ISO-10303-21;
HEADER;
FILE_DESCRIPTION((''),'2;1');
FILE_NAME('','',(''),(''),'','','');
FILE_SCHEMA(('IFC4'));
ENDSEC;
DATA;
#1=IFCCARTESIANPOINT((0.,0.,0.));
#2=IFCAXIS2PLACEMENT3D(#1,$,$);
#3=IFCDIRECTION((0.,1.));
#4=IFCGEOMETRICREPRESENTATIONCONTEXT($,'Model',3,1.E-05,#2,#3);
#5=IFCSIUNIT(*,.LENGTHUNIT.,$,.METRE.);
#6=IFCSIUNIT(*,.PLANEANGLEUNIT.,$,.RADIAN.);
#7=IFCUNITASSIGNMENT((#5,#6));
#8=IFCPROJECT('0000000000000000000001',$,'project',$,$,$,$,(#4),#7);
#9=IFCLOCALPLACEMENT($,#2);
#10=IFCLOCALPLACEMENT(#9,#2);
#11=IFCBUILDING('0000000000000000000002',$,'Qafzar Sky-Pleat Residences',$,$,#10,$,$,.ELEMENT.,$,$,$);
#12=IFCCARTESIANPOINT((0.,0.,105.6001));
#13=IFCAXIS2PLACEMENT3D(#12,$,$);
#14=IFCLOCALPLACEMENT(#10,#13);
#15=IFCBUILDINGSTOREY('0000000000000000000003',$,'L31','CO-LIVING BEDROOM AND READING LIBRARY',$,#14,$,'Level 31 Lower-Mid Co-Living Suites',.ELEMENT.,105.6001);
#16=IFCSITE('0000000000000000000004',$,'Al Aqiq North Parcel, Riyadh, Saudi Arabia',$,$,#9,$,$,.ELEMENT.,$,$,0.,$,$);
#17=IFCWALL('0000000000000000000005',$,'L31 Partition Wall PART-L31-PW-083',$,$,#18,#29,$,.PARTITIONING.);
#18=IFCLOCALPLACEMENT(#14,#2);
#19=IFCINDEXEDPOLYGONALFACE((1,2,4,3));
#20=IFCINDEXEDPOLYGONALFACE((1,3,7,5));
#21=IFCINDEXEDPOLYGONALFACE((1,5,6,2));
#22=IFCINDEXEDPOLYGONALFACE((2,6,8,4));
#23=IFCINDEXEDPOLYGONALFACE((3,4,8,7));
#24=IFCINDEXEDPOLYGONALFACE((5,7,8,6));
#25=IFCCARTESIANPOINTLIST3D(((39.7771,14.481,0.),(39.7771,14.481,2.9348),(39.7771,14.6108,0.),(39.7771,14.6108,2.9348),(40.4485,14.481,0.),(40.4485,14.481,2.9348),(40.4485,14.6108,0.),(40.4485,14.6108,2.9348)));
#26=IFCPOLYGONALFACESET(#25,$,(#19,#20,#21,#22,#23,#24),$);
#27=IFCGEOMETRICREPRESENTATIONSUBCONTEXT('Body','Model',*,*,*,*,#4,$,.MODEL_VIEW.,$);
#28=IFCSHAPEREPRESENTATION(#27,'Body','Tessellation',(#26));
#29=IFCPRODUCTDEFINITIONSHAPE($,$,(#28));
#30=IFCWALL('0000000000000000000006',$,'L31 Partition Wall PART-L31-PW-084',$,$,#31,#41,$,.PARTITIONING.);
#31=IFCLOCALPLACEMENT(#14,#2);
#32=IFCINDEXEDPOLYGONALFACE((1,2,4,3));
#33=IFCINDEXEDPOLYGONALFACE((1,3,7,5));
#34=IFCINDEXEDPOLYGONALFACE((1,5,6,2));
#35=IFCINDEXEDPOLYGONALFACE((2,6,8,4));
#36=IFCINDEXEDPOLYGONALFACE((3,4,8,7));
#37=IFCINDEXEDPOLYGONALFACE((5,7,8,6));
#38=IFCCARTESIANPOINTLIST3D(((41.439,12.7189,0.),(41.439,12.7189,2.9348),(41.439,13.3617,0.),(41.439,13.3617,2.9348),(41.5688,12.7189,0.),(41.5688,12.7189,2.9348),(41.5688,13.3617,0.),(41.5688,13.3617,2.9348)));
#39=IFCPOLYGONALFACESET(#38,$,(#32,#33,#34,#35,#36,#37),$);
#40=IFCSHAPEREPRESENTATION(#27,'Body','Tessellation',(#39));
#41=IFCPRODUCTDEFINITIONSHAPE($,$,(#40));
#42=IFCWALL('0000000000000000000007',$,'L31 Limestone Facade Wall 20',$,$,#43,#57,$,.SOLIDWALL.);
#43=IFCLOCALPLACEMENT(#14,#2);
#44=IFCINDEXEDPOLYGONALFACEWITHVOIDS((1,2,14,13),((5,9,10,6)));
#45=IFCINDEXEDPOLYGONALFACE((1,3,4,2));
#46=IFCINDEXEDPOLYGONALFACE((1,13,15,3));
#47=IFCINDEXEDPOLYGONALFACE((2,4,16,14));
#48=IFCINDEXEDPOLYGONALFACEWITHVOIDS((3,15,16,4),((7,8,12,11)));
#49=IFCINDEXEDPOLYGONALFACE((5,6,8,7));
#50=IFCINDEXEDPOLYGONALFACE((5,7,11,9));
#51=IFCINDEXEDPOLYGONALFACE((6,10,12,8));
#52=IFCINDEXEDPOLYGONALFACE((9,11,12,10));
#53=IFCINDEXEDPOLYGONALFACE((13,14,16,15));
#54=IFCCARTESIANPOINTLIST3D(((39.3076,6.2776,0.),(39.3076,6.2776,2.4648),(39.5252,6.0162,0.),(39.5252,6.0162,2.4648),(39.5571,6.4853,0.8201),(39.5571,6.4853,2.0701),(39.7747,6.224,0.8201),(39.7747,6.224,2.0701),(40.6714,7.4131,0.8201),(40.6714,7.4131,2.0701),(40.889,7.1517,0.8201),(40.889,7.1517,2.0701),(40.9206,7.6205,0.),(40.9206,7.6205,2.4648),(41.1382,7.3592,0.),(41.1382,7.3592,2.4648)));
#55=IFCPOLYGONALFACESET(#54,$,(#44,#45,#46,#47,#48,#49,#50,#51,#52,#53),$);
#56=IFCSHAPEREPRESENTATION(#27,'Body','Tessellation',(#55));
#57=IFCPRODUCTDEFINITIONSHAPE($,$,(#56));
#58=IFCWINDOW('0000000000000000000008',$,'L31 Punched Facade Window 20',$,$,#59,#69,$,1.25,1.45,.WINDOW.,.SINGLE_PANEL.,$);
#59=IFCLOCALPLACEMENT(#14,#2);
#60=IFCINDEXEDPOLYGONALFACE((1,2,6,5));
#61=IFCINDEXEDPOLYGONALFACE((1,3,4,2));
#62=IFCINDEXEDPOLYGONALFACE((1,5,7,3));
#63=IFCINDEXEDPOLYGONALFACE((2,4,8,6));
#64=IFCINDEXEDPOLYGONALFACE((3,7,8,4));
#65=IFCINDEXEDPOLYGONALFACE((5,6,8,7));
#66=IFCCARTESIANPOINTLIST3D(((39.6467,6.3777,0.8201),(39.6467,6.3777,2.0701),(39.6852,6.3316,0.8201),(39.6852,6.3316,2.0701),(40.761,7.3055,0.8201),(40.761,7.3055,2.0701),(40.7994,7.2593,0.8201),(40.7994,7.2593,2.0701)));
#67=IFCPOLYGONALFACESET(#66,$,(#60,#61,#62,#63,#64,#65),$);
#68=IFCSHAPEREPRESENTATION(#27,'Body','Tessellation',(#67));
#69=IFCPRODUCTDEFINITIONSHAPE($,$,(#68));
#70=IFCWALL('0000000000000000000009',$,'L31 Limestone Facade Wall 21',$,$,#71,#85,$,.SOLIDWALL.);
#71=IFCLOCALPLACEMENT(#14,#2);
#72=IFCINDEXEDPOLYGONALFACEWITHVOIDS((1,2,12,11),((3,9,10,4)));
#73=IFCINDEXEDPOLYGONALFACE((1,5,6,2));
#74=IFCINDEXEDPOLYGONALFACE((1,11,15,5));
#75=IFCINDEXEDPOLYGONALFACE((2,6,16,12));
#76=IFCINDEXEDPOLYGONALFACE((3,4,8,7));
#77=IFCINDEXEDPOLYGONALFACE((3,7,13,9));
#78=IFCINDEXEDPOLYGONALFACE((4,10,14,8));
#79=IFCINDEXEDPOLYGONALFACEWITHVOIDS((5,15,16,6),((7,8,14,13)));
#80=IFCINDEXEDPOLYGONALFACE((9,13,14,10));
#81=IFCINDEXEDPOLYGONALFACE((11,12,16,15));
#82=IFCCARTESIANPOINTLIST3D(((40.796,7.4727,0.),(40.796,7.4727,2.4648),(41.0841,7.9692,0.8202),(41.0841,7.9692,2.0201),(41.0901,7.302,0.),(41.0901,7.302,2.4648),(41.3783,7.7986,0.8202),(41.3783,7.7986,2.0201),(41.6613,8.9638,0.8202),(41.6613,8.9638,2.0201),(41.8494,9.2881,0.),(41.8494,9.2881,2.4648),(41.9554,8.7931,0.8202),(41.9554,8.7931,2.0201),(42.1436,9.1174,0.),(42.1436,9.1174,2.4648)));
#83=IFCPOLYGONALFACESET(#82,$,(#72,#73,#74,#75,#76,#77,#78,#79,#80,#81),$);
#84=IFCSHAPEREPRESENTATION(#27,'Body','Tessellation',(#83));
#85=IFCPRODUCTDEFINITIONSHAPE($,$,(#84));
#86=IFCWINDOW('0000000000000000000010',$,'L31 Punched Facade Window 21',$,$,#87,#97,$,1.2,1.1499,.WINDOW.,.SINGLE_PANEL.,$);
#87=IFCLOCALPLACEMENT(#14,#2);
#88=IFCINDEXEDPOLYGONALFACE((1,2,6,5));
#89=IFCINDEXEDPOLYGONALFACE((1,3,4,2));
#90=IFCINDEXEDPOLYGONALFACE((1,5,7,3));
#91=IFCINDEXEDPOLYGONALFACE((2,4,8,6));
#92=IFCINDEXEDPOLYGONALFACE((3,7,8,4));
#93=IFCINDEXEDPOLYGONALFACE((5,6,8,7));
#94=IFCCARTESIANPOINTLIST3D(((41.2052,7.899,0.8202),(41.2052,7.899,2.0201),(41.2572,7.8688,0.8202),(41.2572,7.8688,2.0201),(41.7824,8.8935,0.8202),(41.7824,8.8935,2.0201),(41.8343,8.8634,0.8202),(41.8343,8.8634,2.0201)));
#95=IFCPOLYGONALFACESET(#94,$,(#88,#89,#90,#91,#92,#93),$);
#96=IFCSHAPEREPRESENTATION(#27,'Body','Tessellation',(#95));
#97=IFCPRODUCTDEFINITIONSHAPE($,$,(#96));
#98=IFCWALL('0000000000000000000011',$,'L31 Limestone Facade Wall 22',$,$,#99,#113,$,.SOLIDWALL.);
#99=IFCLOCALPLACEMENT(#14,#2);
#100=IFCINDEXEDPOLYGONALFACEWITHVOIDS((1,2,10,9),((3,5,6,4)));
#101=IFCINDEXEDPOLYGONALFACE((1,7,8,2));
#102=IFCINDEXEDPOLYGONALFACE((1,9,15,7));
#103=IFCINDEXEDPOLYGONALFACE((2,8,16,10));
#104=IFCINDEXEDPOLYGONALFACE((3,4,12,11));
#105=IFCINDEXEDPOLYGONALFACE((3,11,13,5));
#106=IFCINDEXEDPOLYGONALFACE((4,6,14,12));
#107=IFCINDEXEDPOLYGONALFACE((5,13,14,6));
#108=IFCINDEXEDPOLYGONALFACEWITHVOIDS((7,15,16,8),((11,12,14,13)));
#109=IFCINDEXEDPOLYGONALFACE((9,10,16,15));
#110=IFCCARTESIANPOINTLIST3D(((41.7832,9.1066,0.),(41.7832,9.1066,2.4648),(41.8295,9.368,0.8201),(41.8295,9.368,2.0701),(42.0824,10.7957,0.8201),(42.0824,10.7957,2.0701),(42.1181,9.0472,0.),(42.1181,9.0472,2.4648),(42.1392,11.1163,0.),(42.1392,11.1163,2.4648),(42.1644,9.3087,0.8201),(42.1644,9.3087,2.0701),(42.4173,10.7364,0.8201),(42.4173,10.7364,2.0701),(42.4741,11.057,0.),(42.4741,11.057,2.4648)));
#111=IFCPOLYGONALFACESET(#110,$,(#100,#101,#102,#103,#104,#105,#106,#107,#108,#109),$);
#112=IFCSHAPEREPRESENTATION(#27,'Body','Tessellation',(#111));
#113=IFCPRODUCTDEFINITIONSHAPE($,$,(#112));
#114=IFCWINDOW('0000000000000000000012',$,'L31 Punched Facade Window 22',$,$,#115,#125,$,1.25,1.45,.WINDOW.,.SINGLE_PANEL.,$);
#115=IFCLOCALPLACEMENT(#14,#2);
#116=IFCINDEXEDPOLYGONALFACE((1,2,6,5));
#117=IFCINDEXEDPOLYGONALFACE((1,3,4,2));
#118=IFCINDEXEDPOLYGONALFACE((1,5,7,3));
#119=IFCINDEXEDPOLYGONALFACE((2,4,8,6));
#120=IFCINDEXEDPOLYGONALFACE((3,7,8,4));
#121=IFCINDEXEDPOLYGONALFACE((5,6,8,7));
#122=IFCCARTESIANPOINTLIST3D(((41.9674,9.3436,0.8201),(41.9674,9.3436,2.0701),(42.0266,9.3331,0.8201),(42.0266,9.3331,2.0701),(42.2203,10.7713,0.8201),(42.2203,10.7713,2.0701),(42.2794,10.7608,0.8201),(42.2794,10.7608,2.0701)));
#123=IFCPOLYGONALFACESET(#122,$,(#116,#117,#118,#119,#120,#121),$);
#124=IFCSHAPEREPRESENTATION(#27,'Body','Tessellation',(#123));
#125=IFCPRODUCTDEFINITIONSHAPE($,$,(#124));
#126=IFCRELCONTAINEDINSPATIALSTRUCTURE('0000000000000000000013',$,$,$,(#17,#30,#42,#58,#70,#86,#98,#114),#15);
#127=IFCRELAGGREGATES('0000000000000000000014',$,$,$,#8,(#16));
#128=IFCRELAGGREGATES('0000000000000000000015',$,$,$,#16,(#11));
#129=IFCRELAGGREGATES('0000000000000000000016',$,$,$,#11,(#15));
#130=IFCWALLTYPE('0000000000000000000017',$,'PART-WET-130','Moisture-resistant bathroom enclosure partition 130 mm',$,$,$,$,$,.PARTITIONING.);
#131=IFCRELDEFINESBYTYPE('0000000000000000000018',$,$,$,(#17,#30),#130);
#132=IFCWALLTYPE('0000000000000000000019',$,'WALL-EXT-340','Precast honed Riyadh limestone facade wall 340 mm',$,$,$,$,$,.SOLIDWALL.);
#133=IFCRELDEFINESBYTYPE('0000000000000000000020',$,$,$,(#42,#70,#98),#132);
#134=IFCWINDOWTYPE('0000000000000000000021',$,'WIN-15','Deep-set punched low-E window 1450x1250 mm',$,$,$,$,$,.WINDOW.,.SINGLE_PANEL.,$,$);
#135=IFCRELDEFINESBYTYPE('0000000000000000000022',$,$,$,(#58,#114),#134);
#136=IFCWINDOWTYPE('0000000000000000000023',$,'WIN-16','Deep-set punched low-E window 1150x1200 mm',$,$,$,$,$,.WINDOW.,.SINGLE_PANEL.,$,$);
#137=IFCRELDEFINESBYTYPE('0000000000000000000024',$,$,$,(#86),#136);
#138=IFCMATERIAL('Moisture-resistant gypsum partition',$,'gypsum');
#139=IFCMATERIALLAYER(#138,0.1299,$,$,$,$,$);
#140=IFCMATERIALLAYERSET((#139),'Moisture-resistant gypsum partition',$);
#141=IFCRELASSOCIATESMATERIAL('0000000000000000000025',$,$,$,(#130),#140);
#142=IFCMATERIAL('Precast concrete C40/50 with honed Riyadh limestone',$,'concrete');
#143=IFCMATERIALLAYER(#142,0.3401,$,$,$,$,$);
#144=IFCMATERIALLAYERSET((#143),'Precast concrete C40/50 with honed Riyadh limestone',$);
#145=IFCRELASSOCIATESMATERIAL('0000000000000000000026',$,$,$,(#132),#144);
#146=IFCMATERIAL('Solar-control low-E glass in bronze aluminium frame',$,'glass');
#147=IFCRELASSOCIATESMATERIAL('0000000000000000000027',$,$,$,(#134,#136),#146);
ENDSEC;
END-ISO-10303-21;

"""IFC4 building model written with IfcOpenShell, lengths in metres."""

from ifc_helpers import new_model, si_unit, direction, frame, frame_2d, origin, place, context, subcontext, project, spatial, rectangle, extrude, source, transform, mapped, material, layer, layer_set, type_object, element, fill, save


model = new_model("IFC4")

# Units and contexts
model_context = context("Model", 3, precision=1e-05, world=origin(), true_north=direction((0.0, 1.0)))
body_context = subcontext(model_context, "Body", "Model", "MODEL_VIEW")
ifc_project = project(units=[si_unit("LENGTHUNIT", "METRE"), si_unit("PLANEANGLEUNIT", "RADIAN")], contexts=[model_context])

# Site, building, storey
site_placement = place(None, origin())
site = spatial("IfcSite", under=ifc_project, at=site_placement, Name="Al Aqiq North Parcel, Riyadh, Saudi Arabia", CompositionType="ELEMENT", RefElevation=0.0)
building_placement = place(site_placement, origin())
building = spatial("IfcBuilding", under=site, at=building_placement, Name="Qafzar Sky-Pleat Residences", CompositionType="ELEMENT")
storey_placement = place(building_placement, frame((0.0, 0.0, 105.6001)))
storey = spatial("IfcBuildingStorey", under=building, at=storey_placement, Name="L31", Description="CO-LIVING BEDROOM AND READING LIBRARY", LongName="Level 31 Lower-Mid Co-Living Suites", CompositionType="ELEMENT", Elevation=105.6001)

# Shared definitions
ifc_material_1 = material(Name="Moisture-resistant gypsum partition", Category="gypsum")
ifc_layer_1 = layer(ifc_material_1, 0.1299)
ifc_layer_set_1 = layer_set([ifc_layer_1], Name="Moisture-resistant gypsum partition")
wall_type_1 = type_object("IfcWallType", Name="PART-WET-130", Description="Moisture-resistant bathroom enclosure partition 130 mm", PredefinedType="PARTITIONING", material=ifc_layer_set_1)

# Walls
wall_1_placement = place(storey_placement, frame((39.7771, 14.5459, 0.0), z_axis=(0.0, 0.0, 1.0), x_axis=(1.0, 0.0, 0.0)))
element("IfcWall", 1, at=wall_1_placement, inside=storey, type_object=wall_type_1, Name="L31 Partition Wall PART-L31-PW-083", PredefinedType="PARTITIONING", context=body_context, shape_type="SweptSolid", body=[
    extrude(rectangle(XDim=0.6714, YDim=0.1299, at=frame_2d((0.3357, 0.0))), origin(), (0.0, 0.0, 1.0), 2.9348),
])
wall_2_placement = place(storey_placement, frame((41.5039, 12.719, 0.0), z_axis=(0.0, 0.0, 1.0), x_axis=(0.0, 1.0, 0.0)))
element("IfcWall", 2, at=wall_2_placement, inside=storey, type_object=wall_type_1, Name="L31 Partition Wall PART-L31-PW-084", PredefinedType="PARTITIONING", context=body_context, shape_type="SweptSolid", body=[
    extrude(rectangle(XDim=0.6428, YDim=0.1299, at=frame_2d((0.3213, 0.0))), origin(), (0.0, 0.0, 1.0), 2.9348),
])

# Walls, openings, windows
ifc_material_2 = material(Name="Precast concrete C40/50 with honed Riyadh limestone", Category="concrete")
ifc_layer_2 = layer(ifc_material_2, 0.3401)
ifc_layer_set_2 = layer_set([ifc_layer_2], Name="Precast concrete C40/50 with honed Riyadh limestone")
wall_type_2 = type_object("IfcWallType", Name="WALL-EXT-340", Description="Precast honed Riyadh limestone facade wall 340 mm", PredefinedType="SOLIDWALL", material=ifc_layer_set_2)
wall_3_placement = place(storey_placement, frame((39.4165, 6.147, 0.0), z_axis=(0.0, 0.0, 1.0), x_axis=(0.768498, 0.639853, 0.0)))
wall_3 = element("IfcWall", 3, at=wall_3_placement, inside=storey, type_object=wall_type_2, Name="L31 Limestone Facade Wall 20", PredefinedType="SOLIDWALL", context=body_context, shape_type="SweptSolid", body=[
    extrude(rectangle(XDim=2.0989, YDim=0.3401, at=frame_2d((1.0493, 0.0))), origin(), (0.0, 0.0, 1.0), 2.4648),
])
opening_1_placement = place(wall_3_placement, frame((0.3245, 0.0, 0.8201)))
opening_1 = element("IfcOpeningElement", 4, at=opening_1_placement, cuts=wall_3, PredefinedType="OPENING", context=body_context, shape_type="SweptSolid", body=[
    extrude(rectangle(XDim=1.45, YDim=1.25, at=frame_2d((0.7251, 0.625))), frame((0.0, 0.1802, 0.0), z_axis=(0.0, -1.0, 0.0), x_axis=(1.0, 0.0, 0.0)), (0.0, 0.0, 1.0), 0.3601),
])
ifc_material_3 = material(Name="Solar-control low-E glass in bronze aluminium frame", Category="glass")
window_type_1 = type_object("IfcWindowType", Name="WIN-15", Description="Deep-set punched low-E window 1450x1250 mm", PartitioningType="SINGLE_PANEL", PredefinedType="WINDOW", material=ifc_material_3)
shared_shape_1 = source(origin(), body_context, "Body", "SweptSolid", [
    extrude(rectangle(XDim=1.45, YDim=1.25, at=frame_2d((0.7251, 0.625))), frame((0.0, 0.03, 0.0), z_axis=(0.0, -1.0, 0.0), x_axis=(1.0, 0.0, 0.0)), (0.0, 0.0, 1.0), 0.0601),
])
window_1_placement = place(opening_1_placement, origin())
window_1 = element("IfcWindow", 5, at=window_1_placement, inside=storey, type_object=window_type_1, Name="L31 Punched Facade Window 20", OverallHeight=1.25, OverallWidth=1.45, PartitioningType="SINGLE_PANEL", PredefinedType="WINDOW", context=body_context, shape_type="MappedRepresentation", body=[
    mapped(shared_shape_1, transform((0.0, 0.0, 0.0), x_axis=(1.0, 0.0, 0.0), y_axis=(0.0, 1.0, 0.0), z_axis=(0.0, 0.0, 1.0), scale=1.0)),
])
fill(opening_1, window_1)
wall_4_placement = place(storey_placement, frame((40.9431, 7.3875, 0.0), z_axis=(0.0, 0.0, 1.0), x_axis=(0.501903, 0.864924, 0.0)))
wall_4 = element("IfcWall", 6, at=wall_4_placement, inside=storey, type_object=wall_type_2, Name="L31 Limestone Facade Wall 21", PredefinedType="SOLIDWALL", context=body_context, shape_type="SweptSolid", body=[
    extrude(rectangle(XDim=2.0989, YDim=0.3401, at=frame_2d((1.0493, 0.0))), origin(), (0.0, 0.0, 1.0), 2.4648),
])
opening_2_placement = place(wall_4_placement, frame((0.574, 0.0, 0.8201)))
opening_2 = element("IfcOpeningElement", 7, at=opening_2_placement, cuts=wall_4, PredefinedType="OPENING", context=body_context, shape_type="SweptSolid", body=[
    extrude(rectangle(XDim=1.1499, YDim=1.2, at=frame_2d((0.575, 0.6001))), frame((0.0, 0.1802, 0.0), z_axis=(0.0, -1.0, 0.0), x_axis=(1.0, 0.0, 0.0)), (0.0, 0.0, 1.0), 0.3601),
])
window_type_2 = type_object("IfcWindowType", Name="WIN-16", Description="Deep-set punched low-E window 1150x1200 mm", PartitioningType="SINGLE_PANEL", PredefinedType="WINDOW", material=ifc_material_3)
shared_shape_2 = source(origin(), body_context, "Body", "SweptSolid", [
    extrude(rectangle(XDim=1.1499, YDim=1.2, at=frame_2d((0.575, 0.6001))), frame((0.0, 0.03, 0.0), z_axis=(0.0, -1.0, 0.0), x_axis=(1.0, 0.0, 0.0)), (0.0, 0.0, 1.0), 0.0601),
])
window_2_placement = place(opening_2_placement, origin())
window_2 = element("IfcWindow", 8, at=window_2_placement, inside=storey, type_object=window_type_2, Name="L31 Punched Facade Window 21", OverallHeight=1.2, OverallWidth=1.1499, PartitioningType="SINGLE_PANEL", PredefinedType="WINDOW", context=body_context, shape_type="MappedRepresentation", body=[
    mapped(shared_shape_2, transform((0.0, 0.0, 0.0), x_axis=(1.0, 0.0, 0.0), y_axis=(0.0, 1.0, 0.0), z_axis=(0.0, 0.0, 1.0), scale=1.0)),
])
fill(opening_2, window_2)
wall_5_placement = place(storey_placement, frame((41.9507, 9.0769, 0.0), z_axis=(0.0, 0.0, 1.0), x_axis=(0.174399, 0.984675, 0.0)))
wall_5 = element("IfcWall", 9, at=wall_5_placement, inside=storey, type_object=wall_type_2, Name="L31 Limestone Facade Wall 22", PredefinedType="SOLIDWALL", context=body_context, shape_type="SweptSolid", body=[
    extrude(rectangle(XDim=2.041, YDim=0.3401, at=frame_2d((1.0205, 0.0))), origin(), (0.0, 0.0, 1.0), 2.4648),
])
opening_3_placement = place(wall_5_placement, frame((0.2654, 0.0, 0.8201)))
opening_3 = element("IfcOpeningElement", 10, at=opening_3_placement, cuts=wall_5, PredefinedType="OPENING", context=body_context, shape_type="SweptSolid", body=[
    extrude(rectangle(XDim=1.45, YDim=1.25, at=frame_2d((0.7251, 0.625))), frame((0.0, 0.1802, 0.0), z_axis=(0.0, -1.0, 0.0), x_axis=(1.0, 0.0, 0.0)), (0.0, 0.0, 1.0), 0.3601),
])
window_3_placement = place(opening_3_placement, origin())
window_3 = element("IfcWindow", 11, at=window_3_placement, inside=storey, type_object=window_type_1, Name="L31 Punched Facade Window 22", OverallHeight=1.25, OverallWidth=1.45, PartitioningType="SINGLE_PANEL", PredefinedType="WINDOW", context=body_context, shape_type="MappedRepresentation", body=[
    mapped(shared_shape_1, transform((0.0, 0.0, 0.0), x_axis=(1.0, 0.0, 0.0), y_axis=(0.0, 1.0, 0.0), z_axis=(0.0, 0.0, 1.0), scale=1.0)),
])
fill(opening_3, window_3)

save(model, "model.ifc")
